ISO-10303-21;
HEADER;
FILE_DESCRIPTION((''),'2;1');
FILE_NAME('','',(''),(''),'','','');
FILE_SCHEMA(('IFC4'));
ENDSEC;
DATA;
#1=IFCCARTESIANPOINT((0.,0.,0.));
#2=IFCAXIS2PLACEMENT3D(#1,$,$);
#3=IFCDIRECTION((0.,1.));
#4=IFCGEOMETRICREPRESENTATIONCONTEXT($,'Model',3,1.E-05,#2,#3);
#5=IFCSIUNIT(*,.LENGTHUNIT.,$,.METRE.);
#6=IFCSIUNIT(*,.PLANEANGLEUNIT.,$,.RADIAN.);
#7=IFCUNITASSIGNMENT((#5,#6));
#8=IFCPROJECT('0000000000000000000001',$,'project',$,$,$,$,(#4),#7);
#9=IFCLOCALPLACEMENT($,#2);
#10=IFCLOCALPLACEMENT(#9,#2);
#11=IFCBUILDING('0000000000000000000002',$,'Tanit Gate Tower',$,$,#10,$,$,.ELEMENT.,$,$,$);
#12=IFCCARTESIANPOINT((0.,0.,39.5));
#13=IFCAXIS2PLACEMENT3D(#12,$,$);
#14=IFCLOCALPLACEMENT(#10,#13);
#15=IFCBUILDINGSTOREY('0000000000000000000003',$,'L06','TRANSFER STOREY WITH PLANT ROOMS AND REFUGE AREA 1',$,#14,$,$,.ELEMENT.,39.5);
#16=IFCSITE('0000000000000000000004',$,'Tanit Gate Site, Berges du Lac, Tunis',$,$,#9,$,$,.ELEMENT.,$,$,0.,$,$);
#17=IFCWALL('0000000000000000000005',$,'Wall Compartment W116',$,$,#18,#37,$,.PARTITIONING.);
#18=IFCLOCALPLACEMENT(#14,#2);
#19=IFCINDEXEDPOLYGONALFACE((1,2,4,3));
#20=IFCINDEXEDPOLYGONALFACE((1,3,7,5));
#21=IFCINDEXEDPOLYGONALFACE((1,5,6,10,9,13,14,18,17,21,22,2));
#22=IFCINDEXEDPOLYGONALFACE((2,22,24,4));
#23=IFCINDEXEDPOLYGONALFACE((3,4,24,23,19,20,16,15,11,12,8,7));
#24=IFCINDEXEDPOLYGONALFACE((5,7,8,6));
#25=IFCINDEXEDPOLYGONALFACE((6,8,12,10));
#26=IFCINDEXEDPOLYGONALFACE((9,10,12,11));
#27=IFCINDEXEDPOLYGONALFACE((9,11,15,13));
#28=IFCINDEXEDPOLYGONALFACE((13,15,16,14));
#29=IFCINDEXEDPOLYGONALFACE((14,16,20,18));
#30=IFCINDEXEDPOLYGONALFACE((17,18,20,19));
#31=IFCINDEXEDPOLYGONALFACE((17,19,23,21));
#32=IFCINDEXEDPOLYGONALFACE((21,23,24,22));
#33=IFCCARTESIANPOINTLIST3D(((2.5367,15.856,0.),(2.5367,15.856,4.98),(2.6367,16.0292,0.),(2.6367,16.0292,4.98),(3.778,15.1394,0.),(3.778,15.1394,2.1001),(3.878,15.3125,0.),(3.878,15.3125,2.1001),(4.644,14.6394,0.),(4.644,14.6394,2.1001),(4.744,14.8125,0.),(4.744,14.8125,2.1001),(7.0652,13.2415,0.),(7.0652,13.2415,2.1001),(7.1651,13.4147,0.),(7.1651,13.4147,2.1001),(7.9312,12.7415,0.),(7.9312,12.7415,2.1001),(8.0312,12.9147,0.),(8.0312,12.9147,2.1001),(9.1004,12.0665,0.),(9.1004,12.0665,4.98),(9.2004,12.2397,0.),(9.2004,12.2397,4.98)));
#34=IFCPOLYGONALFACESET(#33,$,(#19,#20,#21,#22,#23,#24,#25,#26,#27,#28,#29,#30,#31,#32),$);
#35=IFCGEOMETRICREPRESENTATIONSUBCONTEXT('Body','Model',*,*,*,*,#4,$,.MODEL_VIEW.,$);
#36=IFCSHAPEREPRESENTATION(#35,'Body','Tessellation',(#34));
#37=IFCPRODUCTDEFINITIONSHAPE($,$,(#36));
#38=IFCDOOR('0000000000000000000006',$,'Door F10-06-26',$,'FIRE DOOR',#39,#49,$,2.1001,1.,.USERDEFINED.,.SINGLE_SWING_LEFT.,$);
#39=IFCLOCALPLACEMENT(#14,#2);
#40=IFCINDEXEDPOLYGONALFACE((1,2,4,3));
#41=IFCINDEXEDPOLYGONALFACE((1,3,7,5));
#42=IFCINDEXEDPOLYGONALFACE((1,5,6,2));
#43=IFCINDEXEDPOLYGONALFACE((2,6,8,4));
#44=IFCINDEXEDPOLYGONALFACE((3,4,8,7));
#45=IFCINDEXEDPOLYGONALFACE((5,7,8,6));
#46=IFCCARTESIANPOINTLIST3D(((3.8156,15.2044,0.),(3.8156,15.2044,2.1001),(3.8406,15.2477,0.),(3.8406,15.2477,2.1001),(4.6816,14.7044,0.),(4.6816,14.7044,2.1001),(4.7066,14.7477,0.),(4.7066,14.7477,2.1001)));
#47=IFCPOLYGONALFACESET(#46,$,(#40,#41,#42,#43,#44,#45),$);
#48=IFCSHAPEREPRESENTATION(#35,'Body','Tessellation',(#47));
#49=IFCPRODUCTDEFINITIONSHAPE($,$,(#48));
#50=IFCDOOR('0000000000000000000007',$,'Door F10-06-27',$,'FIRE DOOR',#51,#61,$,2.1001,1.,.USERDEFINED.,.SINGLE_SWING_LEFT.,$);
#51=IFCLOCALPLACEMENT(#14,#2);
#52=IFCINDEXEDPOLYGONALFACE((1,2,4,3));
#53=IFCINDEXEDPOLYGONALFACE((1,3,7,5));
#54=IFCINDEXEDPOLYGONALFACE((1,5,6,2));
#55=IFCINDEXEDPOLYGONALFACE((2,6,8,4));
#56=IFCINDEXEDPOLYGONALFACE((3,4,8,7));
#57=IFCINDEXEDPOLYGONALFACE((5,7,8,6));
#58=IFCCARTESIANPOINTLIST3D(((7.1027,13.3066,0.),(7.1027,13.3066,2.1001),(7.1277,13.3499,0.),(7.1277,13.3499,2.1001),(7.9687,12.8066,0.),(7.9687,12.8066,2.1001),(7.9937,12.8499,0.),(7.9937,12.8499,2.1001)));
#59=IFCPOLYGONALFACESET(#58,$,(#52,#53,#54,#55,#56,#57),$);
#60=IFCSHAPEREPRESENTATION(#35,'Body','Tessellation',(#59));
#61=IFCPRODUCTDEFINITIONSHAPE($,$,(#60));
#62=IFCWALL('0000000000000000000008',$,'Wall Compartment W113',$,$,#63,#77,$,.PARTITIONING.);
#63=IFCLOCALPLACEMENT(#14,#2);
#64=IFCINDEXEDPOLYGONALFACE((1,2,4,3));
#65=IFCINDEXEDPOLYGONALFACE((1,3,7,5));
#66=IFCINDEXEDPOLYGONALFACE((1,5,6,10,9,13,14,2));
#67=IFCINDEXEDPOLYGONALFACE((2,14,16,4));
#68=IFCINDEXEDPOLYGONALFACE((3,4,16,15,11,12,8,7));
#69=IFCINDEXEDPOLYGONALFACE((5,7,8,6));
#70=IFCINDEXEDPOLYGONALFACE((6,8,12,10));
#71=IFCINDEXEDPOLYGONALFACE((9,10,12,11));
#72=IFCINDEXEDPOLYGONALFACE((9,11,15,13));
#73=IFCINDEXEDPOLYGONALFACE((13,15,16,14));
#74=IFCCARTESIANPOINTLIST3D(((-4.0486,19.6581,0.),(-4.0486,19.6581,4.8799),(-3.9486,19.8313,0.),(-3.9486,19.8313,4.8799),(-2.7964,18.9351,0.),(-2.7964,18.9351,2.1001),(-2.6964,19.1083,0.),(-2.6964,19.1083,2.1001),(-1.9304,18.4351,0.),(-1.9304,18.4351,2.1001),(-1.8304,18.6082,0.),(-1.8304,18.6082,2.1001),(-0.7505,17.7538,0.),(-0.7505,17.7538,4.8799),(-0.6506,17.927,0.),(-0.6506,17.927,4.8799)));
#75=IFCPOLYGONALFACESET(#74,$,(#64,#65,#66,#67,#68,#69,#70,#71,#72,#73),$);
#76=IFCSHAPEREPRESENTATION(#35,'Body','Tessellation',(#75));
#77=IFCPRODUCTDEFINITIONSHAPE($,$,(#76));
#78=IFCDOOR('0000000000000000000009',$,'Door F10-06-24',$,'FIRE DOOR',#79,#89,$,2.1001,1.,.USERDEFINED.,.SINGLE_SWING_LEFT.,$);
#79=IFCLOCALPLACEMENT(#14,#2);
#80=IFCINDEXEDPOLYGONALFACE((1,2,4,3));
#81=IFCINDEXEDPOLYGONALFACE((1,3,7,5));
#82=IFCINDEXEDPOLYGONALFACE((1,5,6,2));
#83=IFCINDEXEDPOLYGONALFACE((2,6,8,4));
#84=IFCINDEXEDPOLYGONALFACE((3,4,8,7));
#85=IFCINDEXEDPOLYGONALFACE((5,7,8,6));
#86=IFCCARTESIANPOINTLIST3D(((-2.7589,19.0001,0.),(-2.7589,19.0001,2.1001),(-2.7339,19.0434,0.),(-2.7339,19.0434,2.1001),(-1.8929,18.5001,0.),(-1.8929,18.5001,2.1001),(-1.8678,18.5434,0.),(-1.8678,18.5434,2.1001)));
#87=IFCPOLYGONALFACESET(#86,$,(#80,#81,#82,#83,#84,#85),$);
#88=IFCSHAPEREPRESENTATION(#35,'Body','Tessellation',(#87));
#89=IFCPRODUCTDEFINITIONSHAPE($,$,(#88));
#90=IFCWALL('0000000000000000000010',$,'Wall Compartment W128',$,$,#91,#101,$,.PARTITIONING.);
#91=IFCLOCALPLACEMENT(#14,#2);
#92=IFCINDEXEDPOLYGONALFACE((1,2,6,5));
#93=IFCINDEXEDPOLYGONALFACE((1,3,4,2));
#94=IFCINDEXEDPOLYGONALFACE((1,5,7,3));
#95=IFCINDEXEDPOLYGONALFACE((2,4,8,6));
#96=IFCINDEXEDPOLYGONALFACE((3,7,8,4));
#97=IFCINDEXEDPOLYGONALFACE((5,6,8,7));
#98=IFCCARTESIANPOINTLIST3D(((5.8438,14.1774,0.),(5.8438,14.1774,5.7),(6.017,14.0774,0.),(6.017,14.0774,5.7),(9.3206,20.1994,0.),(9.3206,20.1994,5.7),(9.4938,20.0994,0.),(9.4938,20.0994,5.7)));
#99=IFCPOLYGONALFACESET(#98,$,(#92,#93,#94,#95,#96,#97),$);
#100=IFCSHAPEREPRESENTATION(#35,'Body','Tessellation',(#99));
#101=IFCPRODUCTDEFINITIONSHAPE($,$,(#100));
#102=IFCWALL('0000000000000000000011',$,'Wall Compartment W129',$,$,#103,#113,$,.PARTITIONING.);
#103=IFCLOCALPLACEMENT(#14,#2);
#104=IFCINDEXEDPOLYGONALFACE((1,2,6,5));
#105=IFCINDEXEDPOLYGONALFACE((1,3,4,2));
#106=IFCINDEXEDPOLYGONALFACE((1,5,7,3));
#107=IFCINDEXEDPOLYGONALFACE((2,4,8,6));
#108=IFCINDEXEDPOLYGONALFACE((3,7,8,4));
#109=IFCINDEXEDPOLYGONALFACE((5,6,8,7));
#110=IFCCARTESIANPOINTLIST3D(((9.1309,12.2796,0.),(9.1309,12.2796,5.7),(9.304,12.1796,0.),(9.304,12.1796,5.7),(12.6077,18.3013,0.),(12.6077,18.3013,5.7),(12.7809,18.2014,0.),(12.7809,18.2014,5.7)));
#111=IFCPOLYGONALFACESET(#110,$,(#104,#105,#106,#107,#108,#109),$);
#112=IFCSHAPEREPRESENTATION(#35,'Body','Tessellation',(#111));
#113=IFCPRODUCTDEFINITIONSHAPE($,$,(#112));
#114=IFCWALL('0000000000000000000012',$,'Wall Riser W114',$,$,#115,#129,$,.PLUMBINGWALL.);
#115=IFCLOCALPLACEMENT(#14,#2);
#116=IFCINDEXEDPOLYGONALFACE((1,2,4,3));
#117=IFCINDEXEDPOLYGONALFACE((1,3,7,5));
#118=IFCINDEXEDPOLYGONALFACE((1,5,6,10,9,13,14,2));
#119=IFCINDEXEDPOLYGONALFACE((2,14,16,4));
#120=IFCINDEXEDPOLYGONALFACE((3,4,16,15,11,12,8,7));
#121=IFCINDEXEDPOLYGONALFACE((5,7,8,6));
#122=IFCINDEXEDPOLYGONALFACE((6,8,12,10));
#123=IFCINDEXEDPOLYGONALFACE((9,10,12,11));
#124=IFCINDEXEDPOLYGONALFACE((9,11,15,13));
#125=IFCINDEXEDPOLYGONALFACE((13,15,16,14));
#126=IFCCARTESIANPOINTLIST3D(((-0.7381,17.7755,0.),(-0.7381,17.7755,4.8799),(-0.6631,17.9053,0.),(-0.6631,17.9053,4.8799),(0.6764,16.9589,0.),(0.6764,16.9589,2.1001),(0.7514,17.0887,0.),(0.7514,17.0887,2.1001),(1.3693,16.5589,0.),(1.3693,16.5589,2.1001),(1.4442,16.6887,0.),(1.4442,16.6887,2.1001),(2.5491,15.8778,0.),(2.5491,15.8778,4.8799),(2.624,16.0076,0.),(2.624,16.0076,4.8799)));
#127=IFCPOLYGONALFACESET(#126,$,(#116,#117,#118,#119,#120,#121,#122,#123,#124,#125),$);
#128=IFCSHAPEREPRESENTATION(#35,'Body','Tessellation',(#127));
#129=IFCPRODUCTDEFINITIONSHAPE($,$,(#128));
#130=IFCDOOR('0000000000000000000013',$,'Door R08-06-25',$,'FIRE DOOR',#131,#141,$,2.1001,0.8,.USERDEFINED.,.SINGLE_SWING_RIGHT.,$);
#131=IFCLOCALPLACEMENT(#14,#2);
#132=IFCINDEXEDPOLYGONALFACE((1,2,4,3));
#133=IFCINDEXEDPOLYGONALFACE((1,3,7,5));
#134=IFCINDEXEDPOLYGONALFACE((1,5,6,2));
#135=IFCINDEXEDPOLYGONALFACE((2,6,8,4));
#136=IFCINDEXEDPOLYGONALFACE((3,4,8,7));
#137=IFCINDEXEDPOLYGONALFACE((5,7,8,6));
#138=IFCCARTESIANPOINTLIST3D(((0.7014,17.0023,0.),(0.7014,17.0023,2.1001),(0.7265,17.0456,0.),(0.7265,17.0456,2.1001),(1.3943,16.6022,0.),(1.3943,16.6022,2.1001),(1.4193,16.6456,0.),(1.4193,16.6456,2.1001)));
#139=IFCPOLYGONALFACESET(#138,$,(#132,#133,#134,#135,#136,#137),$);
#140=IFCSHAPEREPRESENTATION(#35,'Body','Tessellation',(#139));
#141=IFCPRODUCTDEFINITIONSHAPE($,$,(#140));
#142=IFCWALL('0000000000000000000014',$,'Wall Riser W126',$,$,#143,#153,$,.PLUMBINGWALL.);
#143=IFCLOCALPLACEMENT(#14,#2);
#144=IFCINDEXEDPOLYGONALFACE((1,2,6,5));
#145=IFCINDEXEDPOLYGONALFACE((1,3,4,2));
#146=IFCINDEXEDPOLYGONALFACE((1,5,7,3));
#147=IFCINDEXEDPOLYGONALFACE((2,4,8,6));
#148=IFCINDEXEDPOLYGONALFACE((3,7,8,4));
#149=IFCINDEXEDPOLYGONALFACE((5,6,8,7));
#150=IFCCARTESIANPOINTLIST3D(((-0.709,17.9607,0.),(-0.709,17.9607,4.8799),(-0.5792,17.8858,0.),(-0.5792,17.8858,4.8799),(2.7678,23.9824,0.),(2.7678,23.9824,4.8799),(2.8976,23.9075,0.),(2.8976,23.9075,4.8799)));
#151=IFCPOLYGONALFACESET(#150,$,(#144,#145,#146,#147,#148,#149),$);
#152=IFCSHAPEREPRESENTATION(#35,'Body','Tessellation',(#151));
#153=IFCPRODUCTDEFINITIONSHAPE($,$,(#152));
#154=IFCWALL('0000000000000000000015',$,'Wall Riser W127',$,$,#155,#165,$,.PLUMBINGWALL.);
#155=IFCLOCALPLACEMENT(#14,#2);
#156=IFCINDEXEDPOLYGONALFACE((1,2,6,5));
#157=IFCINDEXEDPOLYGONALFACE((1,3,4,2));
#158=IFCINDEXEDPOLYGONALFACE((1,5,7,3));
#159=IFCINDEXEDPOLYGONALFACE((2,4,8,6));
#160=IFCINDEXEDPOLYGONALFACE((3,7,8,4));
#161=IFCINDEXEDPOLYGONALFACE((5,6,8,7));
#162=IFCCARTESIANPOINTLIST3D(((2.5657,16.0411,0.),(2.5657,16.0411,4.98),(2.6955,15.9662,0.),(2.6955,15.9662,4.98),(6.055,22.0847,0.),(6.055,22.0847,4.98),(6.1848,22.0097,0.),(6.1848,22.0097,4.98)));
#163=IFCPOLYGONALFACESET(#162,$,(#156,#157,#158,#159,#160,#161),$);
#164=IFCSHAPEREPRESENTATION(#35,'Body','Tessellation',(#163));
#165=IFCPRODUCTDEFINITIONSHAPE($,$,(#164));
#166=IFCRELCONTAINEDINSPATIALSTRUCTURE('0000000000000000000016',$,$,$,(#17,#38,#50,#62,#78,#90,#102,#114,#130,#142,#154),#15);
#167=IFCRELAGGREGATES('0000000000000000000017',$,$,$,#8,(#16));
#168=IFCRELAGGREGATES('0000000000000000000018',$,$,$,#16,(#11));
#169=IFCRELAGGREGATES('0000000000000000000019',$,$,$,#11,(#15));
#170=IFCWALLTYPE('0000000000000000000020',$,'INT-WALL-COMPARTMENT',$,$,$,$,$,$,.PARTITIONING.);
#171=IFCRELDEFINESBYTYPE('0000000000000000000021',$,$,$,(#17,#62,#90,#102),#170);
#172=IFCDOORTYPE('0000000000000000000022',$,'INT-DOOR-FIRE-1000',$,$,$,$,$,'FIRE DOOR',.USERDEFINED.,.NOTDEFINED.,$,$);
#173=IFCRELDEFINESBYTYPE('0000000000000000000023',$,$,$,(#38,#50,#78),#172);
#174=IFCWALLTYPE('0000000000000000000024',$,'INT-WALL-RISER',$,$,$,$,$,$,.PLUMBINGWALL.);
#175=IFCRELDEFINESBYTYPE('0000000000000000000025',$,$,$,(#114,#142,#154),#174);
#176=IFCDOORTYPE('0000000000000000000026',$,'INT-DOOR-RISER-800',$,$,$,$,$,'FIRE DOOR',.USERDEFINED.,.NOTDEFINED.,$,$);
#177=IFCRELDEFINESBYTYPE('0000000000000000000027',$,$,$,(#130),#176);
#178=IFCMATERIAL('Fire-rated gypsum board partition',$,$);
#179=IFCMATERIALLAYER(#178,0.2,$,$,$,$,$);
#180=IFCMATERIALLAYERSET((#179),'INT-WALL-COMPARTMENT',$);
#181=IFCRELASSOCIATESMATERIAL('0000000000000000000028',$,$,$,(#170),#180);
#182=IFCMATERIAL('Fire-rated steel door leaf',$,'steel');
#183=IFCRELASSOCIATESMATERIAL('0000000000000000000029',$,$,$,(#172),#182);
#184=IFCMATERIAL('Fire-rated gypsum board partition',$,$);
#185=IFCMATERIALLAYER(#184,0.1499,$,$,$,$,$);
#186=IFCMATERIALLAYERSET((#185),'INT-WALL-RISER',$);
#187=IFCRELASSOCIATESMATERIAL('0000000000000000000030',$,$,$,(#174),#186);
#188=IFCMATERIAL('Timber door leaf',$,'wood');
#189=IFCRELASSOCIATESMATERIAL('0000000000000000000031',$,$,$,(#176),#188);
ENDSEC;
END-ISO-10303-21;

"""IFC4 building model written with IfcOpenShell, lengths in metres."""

from ifc_helpers import new_model, si_unit, direction, frame, frame_2d, origin, place, context, subcontext, project, spatial, rectangle, extrude, material, layer, layer_set, type_object, element, fill, save


model = new_model("IFC4")

# Units and contexts
model_context = context("Model", 3, precision=1e-05, world=origin(), true_north=direction((0.0, 1.0)))
body_context = subcontext(model_context, "Body", "Model", "MODEL_VIEW")
ifc_project = project(units=[si_unit("LENGTHUNIT", "METRE"), si_unit("PLANEANGLEUNIT", "RADIAN")], contexts=[model_context])

# Site, building, storey
site_placement = place(None, origin())
site = spatial("IfcSite", under=ifc_project, at=site_placement, Name="Tanit Gate Site, Berges du Lac, Tunis", CompositionType="ELEMENT", RefElevation=0.0)
building_placement = place(site_placement, origin())
building = spatial("IfcBuilding", under=site, at=building_placement, Name="Tanit Gate Tower", CompositionType="ELEMENT")
storey_placement = place(building_placement, frame((0.0, 0.0, 39.5)))
storey = spatial("IfcBuildingStorey", under=building, at=storey_placement, Name="L06", Description="TRANSFER STOREY WITH PLANT ROOMS AND REFUGE AREA 1", CompositionType="ELEMENT", Elevation=39.5)

# Wall, openings, doors
ifc_material_1 = material(Name="Fire-rated gypsum board partition")
ifc_layer_1 = layer(ifc_material_1, 0.2)
ifc_layer_set_1 = layer_set([ifc_layer_1], Name="INT-WALL-COMPARTMENT")
wall_type_1 = type_object("IfcWallType", Name="INT-WALL-COMPARTMENT", PredefinedType="PARTITIONING", material=ifc_layer_set_1)
wall_1_placement = place(storey_placement, frame((9.1504, 12.1531, 0.0), z_axis=(0.0, 0.0, 1.0), x_axis=(-0.866026, 0.499999, 0.0)))
wall_1 = element("IfcWall", 1, at=wall_1_placement, inside=storey, type_object=wall_type_1, Name="Wall Compartment W116", PredefinedType="PARTITIONING", context=body_context, shape_type="SweptSolid", body=[
    extrude(rectangle(XDim=7.5791, YDim=0.2, at=frame_2d((3.7896, 0.0))), origin(), (0.0, 0.0, 1.0), 4.98),
])
opening_1_placement = place(wall_1_placement, frame((5.1458, 0.0, 0.0)))
opening_1 = element("IfcOpeningElement", 2, at=opening_1_placement, cuts=wall_1, PredefinedType="OPENING", context=body_context, shape_type="SweptSolid", body=[
    extrude(rectangle(XDim=1.0, YDim=2.1001, at=frame_2d((0.5, 1.05))), frame((0.0, 0.1099, 0.0), z_axis=(0.0, -1.0, 0.0), x_axis=(1.0, 0.0, 0.0)), (0.0, 0.0, 1.0), 0.22),
])
opening_2_placement = place(wall_1_placement, frame((1.3501, 0.0, 0.0)))
opening_2 = element("IfcOpeningElement", 3, at=opening_2_placement, cuts=wall_1, PredefinedType="OPENING", context=body_context, shape_type="SweptSolid", body=[
    extrude(rectangle(XDim=1.0, YDim=2.1001, at=frame_2d((0.5, 1.05))), frame((0.0, 0.1099, 0.0), z_axis=(0.0, -1.0, 0.0), x_axis=(1.0, 0.0, 0.0)), (0.0, 0.0, 1.0), 0.22),
])
ifc_material_2 = material(Name="Fire-rated steel door leaf", Category="steel")
door_type_1 = type_object("IfcDoorType", Name="INT-DOOR-FIRE-1000", ElementType="FIRE DOOR", OperationType="NOTDEFINED", PredefinedType="USERDEFINED", material=ifc_material_2)
door_1_placement = place(opening_1_placement, origin())
door_1 = element("IfcDoor", 4, at=door_1_placement, inside=storey, type_object=door_type_1, Name="Door F10-06-26", ObjectType="FIRE DOOR", OperationType="SINGLE_SWING_LEFT", OverallHeight=2.1001, OverallWidth=1.0, PredefinedType="USERDEFINED", context=body_context, shape_type="SweptSolid", body=[
    extrude(rectangle(XDim=1.0, YDim=2.1001, at=frame_2d((0.5, 1.05))), frame((0.0, 0.0249, 0.0), z_axis=(0.0, -1.0, 0.0), x_axis=(1.0, 0.0, 0.0)), (0.0, 0.0, 1.0), 0.05),
])
fill(opening_1, door_1)
door_2_placement = place(opening_2_placement, origin())
door_2 = element("IfcDoor", 5, at=door_2_placement, inside=storey, type_object=door_type_1, Name="Door F10-06-27", ObjectType="FIRE DOOR", OperationType="SINGLE_SWING_LEFT", OverallHeight=2.1001, OverallWidth=1.0, PredefinedType="USERDEFINED", context=body_context, shape_type="SweptSolid", body=[
    extrude(rectangle(XDim=1.0, YDim=2.1001, at=frame_2d((0.5, 1.05))), frame((0.0, 0.0249, 0.0), z_axis=(0.0, -1.0, 0.0), x_axis=(1.0, 0.0, 0.0)), (0.0, 0.0, 1.0), 0.05),
])
fill(opening_2, door_2)

# Wall, opening, door
wall_2_placement = place(storey_placement, frame((-0.7004, 17.8403, 0.0), z_axis=(0.0, 0.0, 1.0), x_axis=(-0.866009, 0.500028, 0.0)))
wall_2 = element("IfcWall", 6, at=wall_2_placement, inside=storey, type_object=wall_type_1, Name="Wall Compartment W113", PredefinedType="PARTITIONING", context=body_context, shape_type="SweptSolid", body=[
    extrude(rectangle(XDim=3.8083, YDim=0.2, at=frame_2d((1.9043, 0.0))), origin(), (0.0, 0.0, 1.0), 4.8799),
])
opening_3_placement = place(wall_2_placement, frame((1.3625, 0.0, 0.0)))
opening_3 = element("IfcOpeningElement", 7, at=opening_3_placement, cuts=wall_2, PredefinedType="OPENING", context=body_context, shape_type="SweptSolid", body=[
    extrude(rectangle(XDim=1.0, YDim=2.1001, at=frame_2d((0.5, 1.05))), frame((0.0, 0.1099, 0.0), z_axis=(0.0, -1.0, 0.0), x_axis=(1.0, 0.0, 0.0)), (0.0, 0.0, 1.0), 0.22),
])
door_3_placement = place(opening_3_placement, origin())
door_3 = element("IfcDoor", 8, at=door_3_placement, inside=storey, type_object=door_type_1, Name="Door F10-06-24", ObjectType="FIRE DOOR", OperationType="SINGLE_SWING_LEFT", OverallHeight=2.1001, OverallWidth=1.0, PredefinedType="USERDEFINED", context=body_context, shape_type="SweptSolid", body=[
    extrude(rectangle(XDim=1.0, YDim=2.1001, at=frame_2d((0.5, 1.05))), frame((0.0, 0.0249, 0.0), z_axis=(0.0, -1.0, 0.0), x_axis=(1.0, 0.0, 0.0)), (0.0, 0.0, 1.0), 0.05),
])
fill(opening_3, door_3)

# Walls
wall_3_placement = place(storey_placement, frame((9.4072, 20.1494, 0.0), z_axis=(0.0, 0.0, 1.0), x_axis=(-0.500002, -0.866024, 0.0)))
element("IfcWall", 9, at=wall_3_placement, inside=storey, type_object=wall_type_1, Name="Wall Compartment W128", PredefinedType="PARTITIONING", context=body_context, shape_type="SweptSolid", body=[
    extrude(rectangle(XDim=6.9536, YDim=0.2, at=frame_2d((3.4768, 0.0))), origin(), (0.0, 0.0, 1.0), 5.7),
])
wall_4_placement = place(storey_placement, frame((9.2175, 12.2297, 0.0), z_axis=(0.0, 0.0, 1.0), x_axis=(0.500017, 0.866015, 0.0)))
element("IfcWall", 10, at=wall_4_placement, inside=storey, type_object=wall_type_1, Name="Wall Compartment W129", PredefinedType="PARTITIONING", context=body_context, shape_type="SweptSolid", body=[
    extrude(rectangle(XDim=6.9534, YDim=0.2, at=frame_2d((3.4766, 0.0))), origin(), (0.0, 0.0, 1.0), 5.7),
])

# Wall, opening, door
ifc_material_3 = material(Name="Fire-rated gypsum board partition")
ifc_layer_2 = layer(ifc_material_3, 0.1499)
ifc_layer_set_2 = layer_set([ifc_layer_2], Name="INT-WALL-RISER")
wall_type_2 = type_object("IfcWallType", Name="INT-WALL-RISER", PredefinedType="PLUMBINGWALL", material=ifc_layer_set_2)
wall_5_placement = place(storey_placement, frame((2.5867, 15.9426, 0.0), z_axis=(0.0, 0.0, 1.0), x_axis=(-0.866038, 0.499979, 0.0)))
wall_5 = element("IfcWall", 11, at=wall_5_placement, inside=storey, type_object=wall_type_2, Name="Wall Riser W114", PredefinedType="PLUMBINGWALL", context=body_context, shape_type="SweptSolid", body=[
    extrude(rectangle(XDim=3.7957, YDim=0.1499, at=frame_2d((1.8979, 0.0))), origin(), (0.0, 0.0, 1.0), 4.8799),
])
opening_4_placement = place(wall_5_placement, frame((1.3625, 0.0, 0.0)))
opening_4 = element("IfcOpeningElement", 12, at=opening_4_placement, cuts=wall_5, PredefinedType="OPENING", context=body_context, shape_type="SweptSolid", body=[
    extrude(rectangle(XDim=0.8, YDim=2.1001, at=frame_2d((0.3999, 1.05))), frame((0.0, 0.085, 0.0), z_axis=(0.0, -1.0, 0.0), x_axis=(1.0, 0.0, 0.0)), (0.0, 0.0, 1.0), 0.1699),
])
ifc_material_4 = material(Name="Timber door leaf", Category="wood")
door_type_2 = type_object("IfcDoorType", Name="INT-DOOR-RISER-800", ElementType="FIRE DOOR", OperationType="NOTDEFINED", PredefinedType="USERDEFINED", material=ifc_material_4)
door_4_placement = place(opening_4_placement, origin())
door_4 = element("IfcDoor", 13, at=door_4_placement, inside=storey, type_object=door_type_2, Name="Door R08-06-25", ObjectType="FIRE DOOR", OperationType="SINGLE_SWING_RIGHT", OverallHeight=2.1001, OverallWidth=0.8, PredefinedType="USERDEFINED", context=body_context, shape_type="SweptSolid", body=[
    extrude(rectangle(XDim=0.8, YDim=2.1001, at=frame_2d((0.3999, 1.05))), frame((0.0, 0.0249, 0.0), z_axis=(0.0, -1.0, 0.0), x_axis=(1.0, 0.0, 0.0)), (0.0, 0.0, 1.0), 0.05),
])
fill(opening_4, door_4)

# Walls
wall_6_placement = place(storey_placement, frame((-0.644, 17.9233, 0.0), z_axis=(0.0, 0.0, 1.0), x_axis=(0.500017, 0.866015, 0.0)))
element("IfcWall", 14, at=wall_6_placement, inside=storey, type_object=wall_type_2, Name="Wall Riser W126", PredefinedType="PLUMBINGWALL", context=body_context, shape_type="SweptSolid", body=[
    extrude(rectangle(XDim=6.9534, YDim=0.1499, at=frame_2d((3.4766, 0.0))), origin(), (0.0, 0.0, 1.0), 4.8799),
])
wall_7_placement = place(storey_placement, frame((2.6306, 16.0037, 0.0), z_axis=(0.0, 0.0, 1.0), x_axis=(0.500007, 0.866021, 0.0)))
element("IfcWall", 15, at=wall_7_placement, inside=storey, type_object=wall_type_2, Name="Wall Riser W127", PredefinedType="PLUMBINGWALL", context=body_context, shape_type="SweptSolid", body=[
    extrude(rectangle(XDim=6.9785, YDim=0.1499, at=frame_2d((3.4893, 0.0))), origin(), (0.0, 0.0, 1.0), 4.98),
])

save(model, "model.ifc")
